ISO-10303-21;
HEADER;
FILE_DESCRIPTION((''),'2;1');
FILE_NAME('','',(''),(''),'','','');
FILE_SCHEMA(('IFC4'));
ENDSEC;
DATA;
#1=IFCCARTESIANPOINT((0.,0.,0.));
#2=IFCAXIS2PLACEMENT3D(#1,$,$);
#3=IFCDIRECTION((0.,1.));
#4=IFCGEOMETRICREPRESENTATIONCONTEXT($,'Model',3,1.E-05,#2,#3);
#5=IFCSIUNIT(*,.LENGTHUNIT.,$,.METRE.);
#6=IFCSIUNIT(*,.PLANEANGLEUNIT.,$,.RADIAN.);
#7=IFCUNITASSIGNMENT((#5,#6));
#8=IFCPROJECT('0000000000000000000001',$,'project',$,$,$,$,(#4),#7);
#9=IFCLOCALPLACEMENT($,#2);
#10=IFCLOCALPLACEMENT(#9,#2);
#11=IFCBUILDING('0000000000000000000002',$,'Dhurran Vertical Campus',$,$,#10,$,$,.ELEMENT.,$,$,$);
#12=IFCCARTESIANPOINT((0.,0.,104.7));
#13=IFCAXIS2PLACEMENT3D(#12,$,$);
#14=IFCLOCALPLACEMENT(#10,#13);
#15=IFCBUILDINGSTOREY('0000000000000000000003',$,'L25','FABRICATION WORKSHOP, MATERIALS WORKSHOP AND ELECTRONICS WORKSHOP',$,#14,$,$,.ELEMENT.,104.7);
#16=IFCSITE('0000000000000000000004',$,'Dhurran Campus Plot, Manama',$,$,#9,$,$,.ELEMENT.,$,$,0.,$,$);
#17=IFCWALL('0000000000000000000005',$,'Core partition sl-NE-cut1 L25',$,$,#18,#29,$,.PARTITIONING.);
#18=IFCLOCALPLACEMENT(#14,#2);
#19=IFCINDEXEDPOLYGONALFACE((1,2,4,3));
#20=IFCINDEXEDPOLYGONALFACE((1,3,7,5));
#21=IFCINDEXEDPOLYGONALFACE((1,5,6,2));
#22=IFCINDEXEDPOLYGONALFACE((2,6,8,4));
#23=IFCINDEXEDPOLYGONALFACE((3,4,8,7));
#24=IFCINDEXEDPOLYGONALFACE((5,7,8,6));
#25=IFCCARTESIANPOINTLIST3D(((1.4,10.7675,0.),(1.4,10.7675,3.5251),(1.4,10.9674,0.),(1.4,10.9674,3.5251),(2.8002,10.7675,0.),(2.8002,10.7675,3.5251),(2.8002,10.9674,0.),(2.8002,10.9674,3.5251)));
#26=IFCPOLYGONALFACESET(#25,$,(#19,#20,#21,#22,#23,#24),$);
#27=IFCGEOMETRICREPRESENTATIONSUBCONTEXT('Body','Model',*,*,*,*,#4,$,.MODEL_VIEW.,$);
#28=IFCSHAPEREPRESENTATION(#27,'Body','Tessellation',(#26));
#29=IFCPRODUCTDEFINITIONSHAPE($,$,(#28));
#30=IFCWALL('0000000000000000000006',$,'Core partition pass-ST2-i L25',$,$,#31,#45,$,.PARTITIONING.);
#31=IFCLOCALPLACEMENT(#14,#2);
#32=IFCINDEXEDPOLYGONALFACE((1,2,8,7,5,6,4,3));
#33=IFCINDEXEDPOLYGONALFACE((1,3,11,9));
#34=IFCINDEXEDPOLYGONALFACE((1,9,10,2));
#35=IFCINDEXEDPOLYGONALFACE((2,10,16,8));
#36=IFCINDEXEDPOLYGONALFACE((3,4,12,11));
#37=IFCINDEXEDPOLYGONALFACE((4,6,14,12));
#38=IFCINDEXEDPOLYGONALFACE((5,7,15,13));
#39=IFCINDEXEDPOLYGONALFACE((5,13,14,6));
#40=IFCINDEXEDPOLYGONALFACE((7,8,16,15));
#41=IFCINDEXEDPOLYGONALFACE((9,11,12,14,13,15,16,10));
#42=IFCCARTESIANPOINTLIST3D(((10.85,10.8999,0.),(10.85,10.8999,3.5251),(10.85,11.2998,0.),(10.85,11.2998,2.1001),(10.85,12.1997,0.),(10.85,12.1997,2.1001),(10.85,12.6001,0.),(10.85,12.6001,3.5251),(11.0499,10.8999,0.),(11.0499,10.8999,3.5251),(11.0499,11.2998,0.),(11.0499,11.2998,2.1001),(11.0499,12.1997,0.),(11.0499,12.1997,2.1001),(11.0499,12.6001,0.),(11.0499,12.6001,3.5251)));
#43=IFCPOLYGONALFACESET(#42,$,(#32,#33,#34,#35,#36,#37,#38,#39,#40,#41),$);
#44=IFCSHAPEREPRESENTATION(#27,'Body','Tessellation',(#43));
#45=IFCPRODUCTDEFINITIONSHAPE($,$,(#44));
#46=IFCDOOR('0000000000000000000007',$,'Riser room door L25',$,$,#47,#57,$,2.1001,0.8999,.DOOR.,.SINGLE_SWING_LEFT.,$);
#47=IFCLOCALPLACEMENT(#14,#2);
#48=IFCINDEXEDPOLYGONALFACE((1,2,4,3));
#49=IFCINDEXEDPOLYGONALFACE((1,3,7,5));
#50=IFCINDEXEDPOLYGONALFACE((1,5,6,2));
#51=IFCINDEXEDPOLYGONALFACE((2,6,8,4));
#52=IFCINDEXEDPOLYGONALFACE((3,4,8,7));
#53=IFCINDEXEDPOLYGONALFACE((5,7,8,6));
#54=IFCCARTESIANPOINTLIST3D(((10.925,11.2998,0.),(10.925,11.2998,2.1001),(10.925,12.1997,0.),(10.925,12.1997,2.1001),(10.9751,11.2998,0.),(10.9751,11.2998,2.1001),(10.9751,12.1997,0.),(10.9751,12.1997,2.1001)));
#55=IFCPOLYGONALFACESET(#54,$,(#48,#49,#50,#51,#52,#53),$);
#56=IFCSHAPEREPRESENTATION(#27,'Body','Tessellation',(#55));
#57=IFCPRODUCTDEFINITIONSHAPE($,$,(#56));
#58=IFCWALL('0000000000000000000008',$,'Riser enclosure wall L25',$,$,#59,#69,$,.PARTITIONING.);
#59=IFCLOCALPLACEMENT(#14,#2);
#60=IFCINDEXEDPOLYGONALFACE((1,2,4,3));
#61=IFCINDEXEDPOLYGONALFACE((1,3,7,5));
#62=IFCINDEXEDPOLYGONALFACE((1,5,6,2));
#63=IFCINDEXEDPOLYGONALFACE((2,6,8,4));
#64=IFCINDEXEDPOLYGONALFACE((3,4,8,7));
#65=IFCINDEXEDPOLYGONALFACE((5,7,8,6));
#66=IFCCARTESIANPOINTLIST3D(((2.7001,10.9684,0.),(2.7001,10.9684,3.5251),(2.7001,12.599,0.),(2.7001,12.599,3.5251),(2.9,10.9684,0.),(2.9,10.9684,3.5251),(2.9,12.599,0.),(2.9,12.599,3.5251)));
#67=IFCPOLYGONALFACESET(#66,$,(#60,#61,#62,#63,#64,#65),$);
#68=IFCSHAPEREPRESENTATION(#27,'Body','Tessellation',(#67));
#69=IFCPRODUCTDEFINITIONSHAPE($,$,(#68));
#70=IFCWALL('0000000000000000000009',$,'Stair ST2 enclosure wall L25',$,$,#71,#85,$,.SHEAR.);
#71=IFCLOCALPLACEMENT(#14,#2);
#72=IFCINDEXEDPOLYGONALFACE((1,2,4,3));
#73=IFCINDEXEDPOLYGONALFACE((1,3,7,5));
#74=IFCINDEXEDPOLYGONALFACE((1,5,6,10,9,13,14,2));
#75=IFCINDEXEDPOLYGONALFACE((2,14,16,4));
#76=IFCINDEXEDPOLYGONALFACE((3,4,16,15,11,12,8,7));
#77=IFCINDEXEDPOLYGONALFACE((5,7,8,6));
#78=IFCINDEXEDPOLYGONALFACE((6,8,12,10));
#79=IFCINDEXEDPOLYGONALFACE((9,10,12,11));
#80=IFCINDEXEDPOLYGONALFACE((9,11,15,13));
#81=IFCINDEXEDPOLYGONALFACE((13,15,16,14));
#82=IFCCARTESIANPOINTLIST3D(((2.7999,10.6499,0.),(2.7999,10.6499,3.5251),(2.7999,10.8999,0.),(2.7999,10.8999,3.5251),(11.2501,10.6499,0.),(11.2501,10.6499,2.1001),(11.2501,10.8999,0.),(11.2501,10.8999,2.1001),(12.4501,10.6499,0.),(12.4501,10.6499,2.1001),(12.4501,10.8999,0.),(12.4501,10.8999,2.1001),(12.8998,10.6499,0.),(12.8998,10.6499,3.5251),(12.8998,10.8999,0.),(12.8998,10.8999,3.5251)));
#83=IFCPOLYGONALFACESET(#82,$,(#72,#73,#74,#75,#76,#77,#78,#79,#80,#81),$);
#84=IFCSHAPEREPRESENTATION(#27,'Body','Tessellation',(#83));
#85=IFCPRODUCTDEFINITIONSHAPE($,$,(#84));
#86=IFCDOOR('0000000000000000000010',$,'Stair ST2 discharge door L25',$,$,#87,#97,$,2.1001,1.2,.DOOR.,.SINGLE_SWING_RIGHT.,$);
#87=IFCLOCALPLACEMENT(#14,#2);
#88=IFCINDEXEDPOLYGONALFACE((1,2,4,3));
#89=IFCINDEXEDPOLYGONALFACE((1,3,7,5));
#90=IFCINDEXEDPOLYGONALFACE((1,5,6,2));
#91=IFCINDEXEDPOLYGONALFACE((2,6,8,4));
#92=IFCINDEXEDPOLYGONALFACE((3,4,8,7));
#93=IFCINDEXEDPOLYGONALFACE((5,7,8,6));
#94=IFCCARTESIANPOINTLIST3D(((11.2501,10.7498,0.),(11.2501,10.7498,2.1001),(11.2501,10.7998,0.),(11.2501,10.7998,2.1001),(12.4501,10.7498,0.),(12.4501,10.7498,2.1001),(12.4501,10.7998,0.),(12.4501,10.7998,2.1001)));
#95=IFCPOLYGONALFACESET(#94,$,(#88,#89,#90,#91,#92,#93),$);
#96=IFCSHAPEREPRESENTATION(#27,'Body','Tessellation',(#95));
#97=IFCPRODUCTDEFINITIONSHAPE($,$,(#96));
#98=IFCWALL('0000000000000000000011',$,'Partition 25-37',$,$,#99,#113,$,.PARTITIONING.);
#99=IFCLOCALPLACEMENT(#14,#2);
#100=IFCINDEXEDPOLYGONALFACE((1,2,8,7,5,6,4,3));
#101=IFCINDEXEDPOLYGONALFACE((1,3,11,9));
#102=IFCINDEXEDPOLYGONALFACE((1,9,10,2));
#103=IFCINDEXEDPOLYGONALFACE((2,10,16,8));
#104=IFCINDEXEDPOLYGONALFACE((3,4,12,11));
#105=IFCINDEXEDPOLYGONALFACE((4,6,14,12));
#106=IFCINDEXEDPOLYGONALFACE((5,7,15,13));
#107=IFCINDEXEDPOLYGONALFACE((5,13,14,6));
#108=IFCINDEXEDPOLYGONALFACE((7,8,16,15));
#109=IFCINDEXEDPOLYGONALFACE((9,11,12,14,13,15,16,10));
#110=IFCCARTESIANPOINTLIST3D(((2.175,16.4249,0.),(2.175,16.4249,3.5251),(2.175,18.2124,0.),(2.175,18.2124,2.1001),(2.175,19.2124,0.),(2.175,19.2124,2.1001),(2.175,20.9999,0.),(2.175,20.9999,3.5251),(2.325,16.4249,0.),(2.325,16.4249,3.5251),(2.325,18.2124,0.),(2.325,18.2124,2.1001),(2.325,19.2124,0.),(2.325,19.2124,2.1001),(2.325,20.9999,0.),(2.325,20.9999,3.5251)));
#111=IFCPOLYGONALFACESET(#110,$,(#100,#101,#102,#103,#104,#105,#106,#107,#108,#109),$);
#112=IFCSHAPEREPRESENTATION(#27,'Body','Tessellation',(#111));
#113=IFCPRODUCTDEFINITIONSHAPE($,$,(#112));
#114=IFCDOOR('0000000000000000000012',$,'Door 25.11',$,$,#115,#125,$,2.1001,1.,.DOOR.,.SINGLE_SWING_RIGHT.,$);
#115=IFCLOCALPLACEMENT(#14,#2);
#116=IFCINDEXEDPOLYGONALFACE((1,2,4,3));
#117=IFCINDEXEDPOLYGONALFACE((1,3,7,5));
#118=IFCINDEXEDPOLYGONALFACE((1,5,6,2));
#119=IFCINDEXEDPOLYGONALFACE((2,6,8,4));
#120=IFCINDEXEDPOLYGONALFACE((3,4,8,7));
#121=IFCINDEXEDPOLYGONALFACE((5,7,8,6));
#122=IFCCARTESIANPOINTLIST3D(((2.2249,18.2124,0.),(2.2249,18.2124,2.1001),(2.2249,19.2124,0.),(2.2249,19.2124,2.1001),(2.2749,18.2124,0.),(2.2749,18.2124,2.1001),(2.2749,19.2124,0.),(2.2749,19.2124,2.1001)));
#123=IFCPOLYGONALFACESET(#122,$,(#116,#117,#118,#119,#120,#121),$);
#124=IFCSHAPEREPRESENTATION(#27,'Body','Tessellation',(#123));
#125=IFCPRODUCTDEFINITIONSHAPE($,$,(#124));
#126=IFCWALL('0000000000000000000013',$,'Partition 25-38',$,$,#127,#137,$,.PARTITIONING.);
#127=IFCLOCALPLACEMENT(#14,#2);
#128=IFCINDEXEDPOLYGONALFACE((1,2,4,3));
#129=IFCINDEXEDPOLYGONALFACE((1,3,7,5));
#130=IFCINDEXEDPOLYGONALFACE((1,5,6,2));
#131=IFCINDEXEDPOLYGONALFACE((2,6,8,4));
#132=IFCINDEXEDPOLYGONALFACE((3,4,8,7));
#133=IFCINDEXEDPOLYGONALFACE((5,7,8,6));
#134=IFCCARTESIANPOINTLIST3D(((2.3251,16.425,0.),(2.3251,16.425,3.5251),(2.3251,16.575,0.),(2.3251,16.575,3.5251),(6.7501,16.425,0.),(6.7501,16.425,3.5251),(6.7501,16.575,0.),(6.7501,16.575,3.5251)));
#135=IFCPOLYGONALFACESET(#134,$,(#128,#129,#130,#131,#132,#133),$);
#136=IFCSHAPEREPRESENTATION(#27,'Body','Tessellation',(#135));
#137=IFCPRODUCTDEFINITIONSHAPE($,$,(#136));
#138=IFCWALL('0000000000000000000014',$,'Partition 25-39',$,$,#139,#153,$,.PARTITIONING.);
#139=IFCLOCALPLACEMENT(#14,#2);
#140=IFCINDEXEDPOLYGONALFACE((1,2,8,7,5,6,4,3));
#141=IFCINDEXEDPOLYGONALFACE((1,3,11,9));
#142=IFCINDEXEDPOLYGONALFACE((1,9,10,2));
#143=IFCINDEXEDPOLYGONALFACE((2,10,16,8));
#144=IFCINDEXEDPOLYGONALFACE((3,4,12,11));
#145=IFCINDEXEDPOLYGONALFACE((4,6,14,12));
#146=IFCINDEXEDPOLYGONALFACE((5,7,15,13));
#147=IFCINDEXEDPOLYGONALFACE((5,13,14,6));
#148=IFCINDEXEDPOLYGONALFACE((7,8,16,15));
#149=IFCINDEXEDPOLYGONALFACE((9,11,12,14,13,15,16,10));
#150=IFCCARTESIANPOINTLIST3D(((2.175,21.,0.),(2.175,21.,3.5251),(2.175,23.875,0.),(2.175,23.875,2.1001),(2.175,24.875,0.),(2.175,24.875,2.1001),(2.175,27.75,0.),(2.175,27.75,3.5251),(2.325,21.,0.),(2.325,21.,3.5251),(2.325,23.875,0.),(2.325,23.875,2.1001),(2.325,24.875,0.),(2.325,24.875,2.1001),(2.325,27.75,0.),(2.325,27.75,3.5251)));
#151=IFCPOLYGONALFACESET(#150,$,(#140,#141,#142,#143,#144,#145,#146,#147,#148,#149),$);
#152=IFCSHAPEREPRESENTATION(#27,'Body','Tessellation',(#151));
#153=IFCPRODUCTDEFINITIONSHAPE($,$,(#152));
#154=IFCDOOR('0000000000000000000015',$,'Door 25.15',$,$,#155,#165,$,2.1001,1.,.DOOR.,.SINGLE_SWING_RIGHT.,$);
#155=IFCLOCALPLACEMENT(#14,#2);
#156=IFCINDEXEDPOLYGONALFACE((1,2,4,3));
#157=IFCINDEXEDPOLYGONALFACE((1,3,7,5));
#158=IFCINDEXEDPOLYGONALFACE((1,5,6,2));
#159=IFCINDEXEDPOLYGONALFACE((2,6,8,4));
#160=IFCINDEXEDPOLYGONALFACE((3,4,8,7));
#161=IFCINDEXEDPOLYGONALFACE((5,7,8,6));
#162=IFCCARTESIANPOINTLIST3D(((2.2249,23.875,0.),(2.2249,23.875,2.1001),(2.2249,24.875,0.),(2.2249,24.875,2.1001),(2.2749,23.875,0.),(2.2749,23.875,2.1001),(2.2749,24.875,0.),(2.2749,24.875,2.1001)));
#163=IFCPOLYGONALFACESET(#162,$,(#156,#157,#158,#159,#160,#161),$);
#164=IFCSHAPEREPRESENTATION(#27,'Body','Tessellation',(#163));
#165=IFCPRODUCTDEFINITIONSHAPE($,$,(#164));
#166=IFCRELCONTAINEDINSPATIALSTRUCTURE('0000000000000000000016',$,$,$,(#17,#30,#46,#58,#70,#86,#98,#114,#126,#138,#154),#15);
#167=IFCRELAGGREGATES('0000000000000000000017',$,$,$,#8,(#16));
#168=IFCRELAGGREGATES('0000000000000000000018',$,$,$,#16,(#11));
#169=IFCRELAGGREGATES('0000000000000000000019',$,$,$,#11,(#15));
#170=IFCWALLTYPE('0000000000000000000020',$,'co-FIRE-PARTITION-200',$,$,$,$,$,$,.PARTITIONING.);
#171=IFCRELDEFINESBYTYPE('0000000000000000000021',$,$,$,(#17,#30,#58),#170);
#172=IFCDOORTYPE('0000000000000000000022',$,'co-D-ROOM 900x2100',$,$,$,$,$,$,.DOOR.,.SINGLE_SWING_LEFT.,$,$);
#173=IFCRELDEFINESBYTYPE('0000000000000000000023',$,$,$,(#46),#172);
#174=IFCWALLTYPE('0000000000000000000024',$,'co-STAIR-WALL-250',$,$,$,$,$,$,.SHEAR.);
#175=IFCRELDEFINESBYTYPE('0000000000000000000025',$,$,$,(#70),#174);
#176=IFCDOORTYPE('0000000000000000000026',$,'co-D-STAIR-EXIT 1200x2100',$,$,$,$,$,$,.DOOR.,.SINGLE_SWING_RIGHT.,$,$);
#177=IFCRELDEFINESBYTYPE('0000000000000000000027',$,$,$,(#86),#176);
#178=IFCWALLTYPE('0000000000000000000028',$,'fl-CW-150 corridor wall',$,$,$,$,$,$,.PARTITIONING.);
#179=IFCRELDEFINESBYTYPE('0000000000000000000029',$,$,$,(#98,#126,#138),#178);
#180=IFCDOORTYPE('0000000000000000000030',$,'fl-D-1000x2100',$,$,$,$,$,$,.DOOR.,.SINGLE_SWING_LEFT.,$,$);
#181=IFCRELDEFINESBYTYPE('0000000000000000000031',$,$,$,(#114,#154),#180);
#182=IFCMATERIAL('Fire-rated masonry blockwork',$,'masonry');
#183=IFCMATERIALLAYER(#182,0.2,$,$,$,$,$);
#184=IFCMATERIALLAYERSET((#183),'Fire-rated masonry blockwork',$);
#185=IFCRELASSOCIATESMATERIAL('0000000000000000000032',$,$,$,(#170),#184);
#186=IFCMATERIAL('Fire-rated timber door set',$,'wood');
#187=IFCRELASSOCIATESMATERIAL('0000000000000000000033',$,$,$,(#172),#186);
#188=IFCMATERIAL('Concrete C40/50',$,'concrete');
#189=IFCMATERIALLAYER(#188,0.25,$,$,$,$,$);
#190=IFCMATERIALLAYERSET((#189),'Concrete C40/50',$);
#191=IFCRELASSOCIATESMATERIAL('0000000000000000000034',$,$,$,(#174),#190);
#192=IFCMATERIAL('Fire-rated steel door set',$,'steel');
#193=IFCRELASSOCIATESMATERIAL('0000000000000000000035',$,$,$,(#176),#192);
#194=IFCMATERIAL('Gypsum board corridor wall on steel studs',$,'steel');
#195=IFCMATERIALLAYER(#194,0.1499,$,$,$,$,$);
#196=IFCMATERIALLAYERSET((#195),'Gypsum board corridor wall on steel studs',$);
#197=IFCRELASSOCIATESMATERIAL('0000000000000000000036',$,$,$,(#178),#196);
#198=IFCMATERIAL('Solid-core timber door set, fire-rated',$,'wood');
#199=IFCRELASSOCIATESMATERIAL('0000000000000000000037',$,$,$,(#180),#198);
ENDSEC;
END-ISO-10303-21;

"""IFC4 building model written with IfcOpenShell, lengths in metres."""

from ifc_helpers import new_model, si_unit, direction, frame, frame_2d, origin, place, context, subcontext, project, spatial, rectangle, extrude, material, layer, layer_set, type_object, element, fill, save


model = new_model("IFC4")

# Units and contexts
model_context = context("Model", 3, precision=1e-05, world=origin(), true_north=direction((0.0, 1.0)))
body_context = subcontext(model_context, "Body", "Model", "MODEL_VIEW")
ifc_project = project(units=[si_unit("LENGTHUNIT", "METRE"), si_unit("PLANEANGLEUNIT", "RADIAN")], contexts=[model_context])

# Site, building, storey
site_placement = place(None, origin())
site = spatial("IfcSite", under=ifc_project, at=site_placement, Name="Dhurran Campus Plot, Manama", CompositionType="ELEMENT", RefElevation=0.0)
building_placement = place(site_placement, origin())
building = spatial("IfcBuilding", under=site, at=building_placement, Name="Dhurran Vertical Campus", CompositionType="ELEMENT")
storey_placement = place(building_placement, frame((0.0, 0.0, 104.7)))
storey = spatial("IfcBuildingStorey", under=building, at=storey_placement, Name="L25", Description="FABRICATION WORKSHOP, MATERIALS WORKSHOP AND ELECTRONICS WORKSHOP", CompositionType="ELEMENT", Elevation=104.7)

# Wall
ifc_material_1 = material(Name="Fire-rated masonry blockwork", Category="masonry")
ifc_layer_1 = layer(ifc_material_1, 0.2)
ifc_layer_set_1 = layer_set([ifc_layer_1], Name="Fire-rated masonry blockwork")
wall_type_1 = type_object("IfcWallType", Name="co-FIRE-PARTITION-200", PredefinedType="PARTITIONING", material=ifc_layer_set_1)
wall_1_placement = place(storey_placement, frame((1.3999, 10.8674, 0.0), z_axis=(0.0, 0.0, 1.0), x_axis=(1.0, 0.0, 0.0)))
element("IfcWall", 1, at=wall_1_placement, inside=storey, type_object=wall_type_1, Name="Core partition sl-NE-cut1 L25", PredefinedType="PARTITIONING", context=body_context, shape_type="SweptSolid", body=[
    extrude(rectangle(XDim=1.4001, YDim=0.2, at=frame_2d((0.7002, 0.0))), origin(), (0.0, 0.0, 1.0), 3.5251),
])

# Wall, opening, door
wall_2_placement = place(storey_placement, frame((10.95, 10.8999, 0.0), z_axis=(0.0, 0.0, 1.0), x_axis=(0.0, 1.0, 0.0)))
wall_2 = element("IfcWall", 2, at=wall_2_placement, inside=storey, type_object=wall_type_1, Name="Core partition pass-ST2-i L25", PredefinedType="PARTITIONING", context=body_context, shape_type="SweptSolid", body=[
    extrude(rectangle(XDim=1.7002, YDim=0.2, at=frame_2d((0.8501, 0.0))), origin(), (0.0, 0.0, 1.0), 3.5251),
])
opening_1_placement = place(wall_2_placement, frame((0.3999, 0.0, 0.0)))
opening_1 = element("IfcOpeningElement", 3, at=opening_1_placement, cuts=wall_2, PredefinedType="OPENING", context=body_context, shape_type="SweptSolid", body=[
    extrude(rectangle(XDim=0.8999, YDim=2.1001, at=frame_2d((0.45, 1.05))), frame((0.0, 0.1099, 0.0), z_axis=(0.0, -1.0, 0.0), x_axis=(1.0, 0.0, 0.0)), (0.0, 0.0, 1.0), 0.22),
])
ifc_material_2 = material(Name="Fire-rated timber door set", Category="wood")
door_type_1 = type_object("IfcDoorType", Name="co-D-ROOM 900x2100", OperationType="SINGLE_SWING_LEFT", PredefinedType="DOOR", material=ifc_material_2)
door_1_placement = place(opening_1_placement, origin())
door_1 = element("IfcDoor", 4, at=door_1_placement, inside=storey, type_object=door_type_1, Name="Riser room door L25", OperationType="SINGLE_SWING_LEFT", OverallHeight=2.1001, OverallWidth=0.8999, PredefinedType="DOOR", context=body_context, shape_type="SweptSolid", body=[
    extrude(rectangle(XDim=0.8999, YDim=2.1001, at=frame_2d((0.45, 1.05))), frame((0.0, 0.0249, 0.0), z_axis=(0.0, -1.0, 0.0), x_axis=(1.0, 0.0, 0.0)), (0.0, 0.0, 1.0), 0.05),
])
fill(opening_1, door_1)

# Wall
wall_3_placement = place(storey_placement, frame((2.8, 12.5991, 0.0), z_axis=(0.0, 0.0, 1.0), x_axis=(0.0, -1.0, 0.0)))
element("IfcWall", 5, at=wall_3_placement, inside=storey, type_object=wall_type_1, Name="Riser enclosure wall L25", PredefinedType="PARTITIONING", context=body_context, shape_type="SweptSolid", body=[
    extrude(rectangle(XDim=1.6306, YDim=0.2, at=frame_2d((0.8154, 0.0))), origin(), (0.0, 0.0, 1.0), 3.5251),
])

# Walls, openings, doors
ifc_material_3 = material(Name="Concrete C40/50", Category="concrete")
ifc_layer_2 = layer(ifc_material_3, 0.25)
ifc_layer_set_2 = layer_set([ifc_layer_2], Name="Concrete C40/50")
wall_type_2 = type_object("IfcWallType", Name="co-STAIR-WALL-250", PredefinedType="SHEAR", material=ifc_layer_set_2)
wall_4_placement = place(storey_placement, frame((2.8, 10.7749, 0.0), z_axis=(0.0, 0.0, 1.0), x_axis=(1.0, 0.0, 0.0)))
wall_4 = element("IfcWall", 6, at=wall_4_placement, inside=storey, type_object=wall_type_2, Name="Stair ST2 enclosure wall L25", PredefinedType="SHEAR", context=body_context, shape_type="SweptSolid", body=[
    extrude(rectangle(XDim=10.0999, YDim=0.25, at=frame_2d((5.0498, 0.0))), origin(), (0.0, 0.0, 1.0), 3.5251),
])
opening_2_placement = place(wall_4_placement, frame((8.45, 0.0, 0.0)))
opening_2 = element("IfcOpeningElement", 7, at=opening_2_placement, cuts=wall_4, PredefinedType="OPENING", context=body_context, shape_type="SweptSolid", body=[
    extrude(rectangle(XDim=1.2, YDim=2.1001, at=frame_2d((0.6001, 1.05))), frame((0.0, 0.135, 0.0), z_axis=(0.0, -1.0, 0.0), x_axis=(1.0, 0.0, 0.0)), (0.0, 0.0, 1.0), 0.27),
])
ifc_material_4 = material(Name="Fire-rated steel door set", Category="steel")
door_type_2 = type_object("IfcDoorType", Name="co-D-STAIR-EXIT 1200x2100", OperationType="SINGLE_SWING_RIGHT", PredefinedType="DOOR", material=ifc_material_4)
door_2_placement = place(opening_2_placement, origin())
door_2 = element("IfcDoor", 8, at=door_2_placement, inside=storey, type_object=door_type_2, Name="Stair ST2 discharge door L25", OperationType="SINGLE_SWING_RIGHT", OverallHeight=2.1001, OverallWidth=1.2, PredefinedType="DOOR", context=body_context, shape_type="SweptSolid", body=[
    extrude(rectangle(XDim=1.2, YDim=2.1001, at=frame_2d((0.6001, 1.05))), frame((0.0, 0.0249, 0.0), z_axis=(0.0, -1.0, 0.0), x_axis=(1.0, 0.0, 0.0)), (0.0, 0.0, 1.0), 0.05),
])
fill(opening_2, door_2)
ifc_material_5 = material(Name="Gypsum board corridor wall on steel studs", Category="steel")
ifc_layer_3 = layer(ifc_material_5, 0.1499)
ifc_layer_set_3 = layer_set([ifc_layer_3], Name="Gypsum board corridor wall on steel studs")
wall_type_3 = type_object("IfcWallType", Name="fl-CW-150 corridor wall", PredefinedType="PARTITIONING", material=ifc_layer_set_3)
wall_5_placement = place(storey_placement, frame((2.25, 21.0, 0.0), z_axis=(0.0, 0.0, 1.0), x_axis=(0.0, -1.0, 0.0)))
wall_5 = element("IfcWall", 9, at=wall_5_placement, inside=storey, type_object=wall_type_3, Name="Partition 25-37", PredefinedType="PARTITIONING", context=body_context, shape_type="SweptSolid", body=[
    extrude(rectangle(XDim=4.575, YDim=0.1499, at=frame_2d((2.2876, 0.0))), origin(), (0.0, 0.0, 1.0), 3.5251),
])
opening_3_placement = place(wall_5_placement, frame((1.7876, 0.0, 0.0)))
opening_3 = element("IfcOpeningElement", 10, at=opening_3_placement, cuts=wall_5, PredefinedType="OPENING", context=body_context, shape_type="SweptSolid", body=[
    extrude(rectangle(XDim=1.0, YDim=2.1001, at=frame_2d((0.5, 1.05))), frame((0.0, 0.085, 0.0), z_axis=(0.0, -1.0, 0.0), x_axis=(1.0, 0.0, 0.0)), (0.0, 0.0, 1.0), 0.1699),
])
ifc_material_6 = material(Name="Solid-core timber door set, fire-rated", Category="wood")
door_type_3 = type_object("IfcDoorType", Name="fl-D-1000x2100", OperationType="SINGLE_SWING_LEFT", PredefinedType="DOOR", material=ifc_material_6)
door_3_placement = place(opening_3_placement, origin())
door_3 = element("IfcDoor", 11, at=door_3_placement, inside=storey, type_object=door_type_3, Name="Door 25.11", OperationType="SINGLE_SWING_RIGHT", OverallHeight=2.1001, OverallWidth=1.0, PredefinedType="DOOR", context=body_context, shape_type="SweptSolid", body=[
    extrude(rectangle(XDim=1.0, YDim=2.1001, at=frame_2d((0.5, 1.05))), frame((0.0, 0.0249, 0.0), z_axis=(0.0, -1.0, 0.0), x_axis=(1.0, 0.0, 0.0)), (0.0, 0.0, 1.0), 0.05),
])
fill(opening_3, door_3)

# Wall
wall_6_placement = place(storey_placement, frame((6.75, 16.5, 0.0), z_axis=(0.0, 0.0, 1.0), x_axis=(-1.0, 0.0, 0.0)))
element("IfcWall", 12, at=wall_6_placement, inside=storey, type_object=wall_type_3, Name="Partition 25-38", PredefinedType="PARTITIONING", context=body_context, shape_type="SweptSolid", body=[
    extrude(rectangle(XDim=4.425, YDim=0.1499, at=frame_2d((2.2124, 0.0))), origin(), (0.0, 0.0, 1.0), 3.5251),
])

# Wall, opening, door
wall_7_placement = place(storey_placement, frame((2.25, 27.75, 0.0), z_axis=(0.0, 0.0, 1.0), x_axis=(0.0, -1.0, 0.0)))
wall_7 = element("IfcWall", 13, at=wall_7_placement, inside=storey, type_object=wall_type_3, Name="Partition 25-39", PredefinedType="PARTITIONING", context=body_context, shape_type="SweptSolid", body=[
    extrude(rectangle(XDim=6.75, YDim=0.1499, at=frame_2d((3.375, 0.0))), origin(), (0.0, 0.0, 1.0), 3.5251),
])
opening_4_placement = place(wall_7_placement, frame((2.875, 0.0, 0.0)))
opening_4 = element("IfcOpeningElement", 14, at=opening_4_placement, cuts=wall_7, PredefinedType="OPENING", context=body_context, shape_type="SweptSolid", body=[
    extrude(rectangle(XDim=1.0, YDim=2.1001, at=frame_2d((0.5, 1.05))), frame((0.0, 0.085, 0.0), z_axis=(0.0, -1.0, 0.0), x_axis=(1.0, 0.0, 0.0)), (0.0, 0.0, 1.0), 0.1699),
])
door_4_placement = place(opening_4_placement, origin())
door_4 = element("IfcDoor", 15, at=door_4_placement, inside=storey, type_object=door_type_3, Name="Door 25.15", OperationType="SINGLE_SWING_RIGHT", OverallHeight=2.1001, OverallWidth=1.0, PredefinedType="DOOR", context=body_context, shape_type="SweptSolid", body=[
    extrude(rectangle(XDim=1.0, YDim=2.1001, at=frame_2d((0.5, 1.05))), frame((0.0, 0.0249, 0.0), z_axis=(0.0, -1.0, 0.0), x_axis=(1.0, 0.0, 0.0)), (0.0, 0.0, 1.0), 0.05),
])
fill(opening_4, door_4)

save(model, "model.ifc")
